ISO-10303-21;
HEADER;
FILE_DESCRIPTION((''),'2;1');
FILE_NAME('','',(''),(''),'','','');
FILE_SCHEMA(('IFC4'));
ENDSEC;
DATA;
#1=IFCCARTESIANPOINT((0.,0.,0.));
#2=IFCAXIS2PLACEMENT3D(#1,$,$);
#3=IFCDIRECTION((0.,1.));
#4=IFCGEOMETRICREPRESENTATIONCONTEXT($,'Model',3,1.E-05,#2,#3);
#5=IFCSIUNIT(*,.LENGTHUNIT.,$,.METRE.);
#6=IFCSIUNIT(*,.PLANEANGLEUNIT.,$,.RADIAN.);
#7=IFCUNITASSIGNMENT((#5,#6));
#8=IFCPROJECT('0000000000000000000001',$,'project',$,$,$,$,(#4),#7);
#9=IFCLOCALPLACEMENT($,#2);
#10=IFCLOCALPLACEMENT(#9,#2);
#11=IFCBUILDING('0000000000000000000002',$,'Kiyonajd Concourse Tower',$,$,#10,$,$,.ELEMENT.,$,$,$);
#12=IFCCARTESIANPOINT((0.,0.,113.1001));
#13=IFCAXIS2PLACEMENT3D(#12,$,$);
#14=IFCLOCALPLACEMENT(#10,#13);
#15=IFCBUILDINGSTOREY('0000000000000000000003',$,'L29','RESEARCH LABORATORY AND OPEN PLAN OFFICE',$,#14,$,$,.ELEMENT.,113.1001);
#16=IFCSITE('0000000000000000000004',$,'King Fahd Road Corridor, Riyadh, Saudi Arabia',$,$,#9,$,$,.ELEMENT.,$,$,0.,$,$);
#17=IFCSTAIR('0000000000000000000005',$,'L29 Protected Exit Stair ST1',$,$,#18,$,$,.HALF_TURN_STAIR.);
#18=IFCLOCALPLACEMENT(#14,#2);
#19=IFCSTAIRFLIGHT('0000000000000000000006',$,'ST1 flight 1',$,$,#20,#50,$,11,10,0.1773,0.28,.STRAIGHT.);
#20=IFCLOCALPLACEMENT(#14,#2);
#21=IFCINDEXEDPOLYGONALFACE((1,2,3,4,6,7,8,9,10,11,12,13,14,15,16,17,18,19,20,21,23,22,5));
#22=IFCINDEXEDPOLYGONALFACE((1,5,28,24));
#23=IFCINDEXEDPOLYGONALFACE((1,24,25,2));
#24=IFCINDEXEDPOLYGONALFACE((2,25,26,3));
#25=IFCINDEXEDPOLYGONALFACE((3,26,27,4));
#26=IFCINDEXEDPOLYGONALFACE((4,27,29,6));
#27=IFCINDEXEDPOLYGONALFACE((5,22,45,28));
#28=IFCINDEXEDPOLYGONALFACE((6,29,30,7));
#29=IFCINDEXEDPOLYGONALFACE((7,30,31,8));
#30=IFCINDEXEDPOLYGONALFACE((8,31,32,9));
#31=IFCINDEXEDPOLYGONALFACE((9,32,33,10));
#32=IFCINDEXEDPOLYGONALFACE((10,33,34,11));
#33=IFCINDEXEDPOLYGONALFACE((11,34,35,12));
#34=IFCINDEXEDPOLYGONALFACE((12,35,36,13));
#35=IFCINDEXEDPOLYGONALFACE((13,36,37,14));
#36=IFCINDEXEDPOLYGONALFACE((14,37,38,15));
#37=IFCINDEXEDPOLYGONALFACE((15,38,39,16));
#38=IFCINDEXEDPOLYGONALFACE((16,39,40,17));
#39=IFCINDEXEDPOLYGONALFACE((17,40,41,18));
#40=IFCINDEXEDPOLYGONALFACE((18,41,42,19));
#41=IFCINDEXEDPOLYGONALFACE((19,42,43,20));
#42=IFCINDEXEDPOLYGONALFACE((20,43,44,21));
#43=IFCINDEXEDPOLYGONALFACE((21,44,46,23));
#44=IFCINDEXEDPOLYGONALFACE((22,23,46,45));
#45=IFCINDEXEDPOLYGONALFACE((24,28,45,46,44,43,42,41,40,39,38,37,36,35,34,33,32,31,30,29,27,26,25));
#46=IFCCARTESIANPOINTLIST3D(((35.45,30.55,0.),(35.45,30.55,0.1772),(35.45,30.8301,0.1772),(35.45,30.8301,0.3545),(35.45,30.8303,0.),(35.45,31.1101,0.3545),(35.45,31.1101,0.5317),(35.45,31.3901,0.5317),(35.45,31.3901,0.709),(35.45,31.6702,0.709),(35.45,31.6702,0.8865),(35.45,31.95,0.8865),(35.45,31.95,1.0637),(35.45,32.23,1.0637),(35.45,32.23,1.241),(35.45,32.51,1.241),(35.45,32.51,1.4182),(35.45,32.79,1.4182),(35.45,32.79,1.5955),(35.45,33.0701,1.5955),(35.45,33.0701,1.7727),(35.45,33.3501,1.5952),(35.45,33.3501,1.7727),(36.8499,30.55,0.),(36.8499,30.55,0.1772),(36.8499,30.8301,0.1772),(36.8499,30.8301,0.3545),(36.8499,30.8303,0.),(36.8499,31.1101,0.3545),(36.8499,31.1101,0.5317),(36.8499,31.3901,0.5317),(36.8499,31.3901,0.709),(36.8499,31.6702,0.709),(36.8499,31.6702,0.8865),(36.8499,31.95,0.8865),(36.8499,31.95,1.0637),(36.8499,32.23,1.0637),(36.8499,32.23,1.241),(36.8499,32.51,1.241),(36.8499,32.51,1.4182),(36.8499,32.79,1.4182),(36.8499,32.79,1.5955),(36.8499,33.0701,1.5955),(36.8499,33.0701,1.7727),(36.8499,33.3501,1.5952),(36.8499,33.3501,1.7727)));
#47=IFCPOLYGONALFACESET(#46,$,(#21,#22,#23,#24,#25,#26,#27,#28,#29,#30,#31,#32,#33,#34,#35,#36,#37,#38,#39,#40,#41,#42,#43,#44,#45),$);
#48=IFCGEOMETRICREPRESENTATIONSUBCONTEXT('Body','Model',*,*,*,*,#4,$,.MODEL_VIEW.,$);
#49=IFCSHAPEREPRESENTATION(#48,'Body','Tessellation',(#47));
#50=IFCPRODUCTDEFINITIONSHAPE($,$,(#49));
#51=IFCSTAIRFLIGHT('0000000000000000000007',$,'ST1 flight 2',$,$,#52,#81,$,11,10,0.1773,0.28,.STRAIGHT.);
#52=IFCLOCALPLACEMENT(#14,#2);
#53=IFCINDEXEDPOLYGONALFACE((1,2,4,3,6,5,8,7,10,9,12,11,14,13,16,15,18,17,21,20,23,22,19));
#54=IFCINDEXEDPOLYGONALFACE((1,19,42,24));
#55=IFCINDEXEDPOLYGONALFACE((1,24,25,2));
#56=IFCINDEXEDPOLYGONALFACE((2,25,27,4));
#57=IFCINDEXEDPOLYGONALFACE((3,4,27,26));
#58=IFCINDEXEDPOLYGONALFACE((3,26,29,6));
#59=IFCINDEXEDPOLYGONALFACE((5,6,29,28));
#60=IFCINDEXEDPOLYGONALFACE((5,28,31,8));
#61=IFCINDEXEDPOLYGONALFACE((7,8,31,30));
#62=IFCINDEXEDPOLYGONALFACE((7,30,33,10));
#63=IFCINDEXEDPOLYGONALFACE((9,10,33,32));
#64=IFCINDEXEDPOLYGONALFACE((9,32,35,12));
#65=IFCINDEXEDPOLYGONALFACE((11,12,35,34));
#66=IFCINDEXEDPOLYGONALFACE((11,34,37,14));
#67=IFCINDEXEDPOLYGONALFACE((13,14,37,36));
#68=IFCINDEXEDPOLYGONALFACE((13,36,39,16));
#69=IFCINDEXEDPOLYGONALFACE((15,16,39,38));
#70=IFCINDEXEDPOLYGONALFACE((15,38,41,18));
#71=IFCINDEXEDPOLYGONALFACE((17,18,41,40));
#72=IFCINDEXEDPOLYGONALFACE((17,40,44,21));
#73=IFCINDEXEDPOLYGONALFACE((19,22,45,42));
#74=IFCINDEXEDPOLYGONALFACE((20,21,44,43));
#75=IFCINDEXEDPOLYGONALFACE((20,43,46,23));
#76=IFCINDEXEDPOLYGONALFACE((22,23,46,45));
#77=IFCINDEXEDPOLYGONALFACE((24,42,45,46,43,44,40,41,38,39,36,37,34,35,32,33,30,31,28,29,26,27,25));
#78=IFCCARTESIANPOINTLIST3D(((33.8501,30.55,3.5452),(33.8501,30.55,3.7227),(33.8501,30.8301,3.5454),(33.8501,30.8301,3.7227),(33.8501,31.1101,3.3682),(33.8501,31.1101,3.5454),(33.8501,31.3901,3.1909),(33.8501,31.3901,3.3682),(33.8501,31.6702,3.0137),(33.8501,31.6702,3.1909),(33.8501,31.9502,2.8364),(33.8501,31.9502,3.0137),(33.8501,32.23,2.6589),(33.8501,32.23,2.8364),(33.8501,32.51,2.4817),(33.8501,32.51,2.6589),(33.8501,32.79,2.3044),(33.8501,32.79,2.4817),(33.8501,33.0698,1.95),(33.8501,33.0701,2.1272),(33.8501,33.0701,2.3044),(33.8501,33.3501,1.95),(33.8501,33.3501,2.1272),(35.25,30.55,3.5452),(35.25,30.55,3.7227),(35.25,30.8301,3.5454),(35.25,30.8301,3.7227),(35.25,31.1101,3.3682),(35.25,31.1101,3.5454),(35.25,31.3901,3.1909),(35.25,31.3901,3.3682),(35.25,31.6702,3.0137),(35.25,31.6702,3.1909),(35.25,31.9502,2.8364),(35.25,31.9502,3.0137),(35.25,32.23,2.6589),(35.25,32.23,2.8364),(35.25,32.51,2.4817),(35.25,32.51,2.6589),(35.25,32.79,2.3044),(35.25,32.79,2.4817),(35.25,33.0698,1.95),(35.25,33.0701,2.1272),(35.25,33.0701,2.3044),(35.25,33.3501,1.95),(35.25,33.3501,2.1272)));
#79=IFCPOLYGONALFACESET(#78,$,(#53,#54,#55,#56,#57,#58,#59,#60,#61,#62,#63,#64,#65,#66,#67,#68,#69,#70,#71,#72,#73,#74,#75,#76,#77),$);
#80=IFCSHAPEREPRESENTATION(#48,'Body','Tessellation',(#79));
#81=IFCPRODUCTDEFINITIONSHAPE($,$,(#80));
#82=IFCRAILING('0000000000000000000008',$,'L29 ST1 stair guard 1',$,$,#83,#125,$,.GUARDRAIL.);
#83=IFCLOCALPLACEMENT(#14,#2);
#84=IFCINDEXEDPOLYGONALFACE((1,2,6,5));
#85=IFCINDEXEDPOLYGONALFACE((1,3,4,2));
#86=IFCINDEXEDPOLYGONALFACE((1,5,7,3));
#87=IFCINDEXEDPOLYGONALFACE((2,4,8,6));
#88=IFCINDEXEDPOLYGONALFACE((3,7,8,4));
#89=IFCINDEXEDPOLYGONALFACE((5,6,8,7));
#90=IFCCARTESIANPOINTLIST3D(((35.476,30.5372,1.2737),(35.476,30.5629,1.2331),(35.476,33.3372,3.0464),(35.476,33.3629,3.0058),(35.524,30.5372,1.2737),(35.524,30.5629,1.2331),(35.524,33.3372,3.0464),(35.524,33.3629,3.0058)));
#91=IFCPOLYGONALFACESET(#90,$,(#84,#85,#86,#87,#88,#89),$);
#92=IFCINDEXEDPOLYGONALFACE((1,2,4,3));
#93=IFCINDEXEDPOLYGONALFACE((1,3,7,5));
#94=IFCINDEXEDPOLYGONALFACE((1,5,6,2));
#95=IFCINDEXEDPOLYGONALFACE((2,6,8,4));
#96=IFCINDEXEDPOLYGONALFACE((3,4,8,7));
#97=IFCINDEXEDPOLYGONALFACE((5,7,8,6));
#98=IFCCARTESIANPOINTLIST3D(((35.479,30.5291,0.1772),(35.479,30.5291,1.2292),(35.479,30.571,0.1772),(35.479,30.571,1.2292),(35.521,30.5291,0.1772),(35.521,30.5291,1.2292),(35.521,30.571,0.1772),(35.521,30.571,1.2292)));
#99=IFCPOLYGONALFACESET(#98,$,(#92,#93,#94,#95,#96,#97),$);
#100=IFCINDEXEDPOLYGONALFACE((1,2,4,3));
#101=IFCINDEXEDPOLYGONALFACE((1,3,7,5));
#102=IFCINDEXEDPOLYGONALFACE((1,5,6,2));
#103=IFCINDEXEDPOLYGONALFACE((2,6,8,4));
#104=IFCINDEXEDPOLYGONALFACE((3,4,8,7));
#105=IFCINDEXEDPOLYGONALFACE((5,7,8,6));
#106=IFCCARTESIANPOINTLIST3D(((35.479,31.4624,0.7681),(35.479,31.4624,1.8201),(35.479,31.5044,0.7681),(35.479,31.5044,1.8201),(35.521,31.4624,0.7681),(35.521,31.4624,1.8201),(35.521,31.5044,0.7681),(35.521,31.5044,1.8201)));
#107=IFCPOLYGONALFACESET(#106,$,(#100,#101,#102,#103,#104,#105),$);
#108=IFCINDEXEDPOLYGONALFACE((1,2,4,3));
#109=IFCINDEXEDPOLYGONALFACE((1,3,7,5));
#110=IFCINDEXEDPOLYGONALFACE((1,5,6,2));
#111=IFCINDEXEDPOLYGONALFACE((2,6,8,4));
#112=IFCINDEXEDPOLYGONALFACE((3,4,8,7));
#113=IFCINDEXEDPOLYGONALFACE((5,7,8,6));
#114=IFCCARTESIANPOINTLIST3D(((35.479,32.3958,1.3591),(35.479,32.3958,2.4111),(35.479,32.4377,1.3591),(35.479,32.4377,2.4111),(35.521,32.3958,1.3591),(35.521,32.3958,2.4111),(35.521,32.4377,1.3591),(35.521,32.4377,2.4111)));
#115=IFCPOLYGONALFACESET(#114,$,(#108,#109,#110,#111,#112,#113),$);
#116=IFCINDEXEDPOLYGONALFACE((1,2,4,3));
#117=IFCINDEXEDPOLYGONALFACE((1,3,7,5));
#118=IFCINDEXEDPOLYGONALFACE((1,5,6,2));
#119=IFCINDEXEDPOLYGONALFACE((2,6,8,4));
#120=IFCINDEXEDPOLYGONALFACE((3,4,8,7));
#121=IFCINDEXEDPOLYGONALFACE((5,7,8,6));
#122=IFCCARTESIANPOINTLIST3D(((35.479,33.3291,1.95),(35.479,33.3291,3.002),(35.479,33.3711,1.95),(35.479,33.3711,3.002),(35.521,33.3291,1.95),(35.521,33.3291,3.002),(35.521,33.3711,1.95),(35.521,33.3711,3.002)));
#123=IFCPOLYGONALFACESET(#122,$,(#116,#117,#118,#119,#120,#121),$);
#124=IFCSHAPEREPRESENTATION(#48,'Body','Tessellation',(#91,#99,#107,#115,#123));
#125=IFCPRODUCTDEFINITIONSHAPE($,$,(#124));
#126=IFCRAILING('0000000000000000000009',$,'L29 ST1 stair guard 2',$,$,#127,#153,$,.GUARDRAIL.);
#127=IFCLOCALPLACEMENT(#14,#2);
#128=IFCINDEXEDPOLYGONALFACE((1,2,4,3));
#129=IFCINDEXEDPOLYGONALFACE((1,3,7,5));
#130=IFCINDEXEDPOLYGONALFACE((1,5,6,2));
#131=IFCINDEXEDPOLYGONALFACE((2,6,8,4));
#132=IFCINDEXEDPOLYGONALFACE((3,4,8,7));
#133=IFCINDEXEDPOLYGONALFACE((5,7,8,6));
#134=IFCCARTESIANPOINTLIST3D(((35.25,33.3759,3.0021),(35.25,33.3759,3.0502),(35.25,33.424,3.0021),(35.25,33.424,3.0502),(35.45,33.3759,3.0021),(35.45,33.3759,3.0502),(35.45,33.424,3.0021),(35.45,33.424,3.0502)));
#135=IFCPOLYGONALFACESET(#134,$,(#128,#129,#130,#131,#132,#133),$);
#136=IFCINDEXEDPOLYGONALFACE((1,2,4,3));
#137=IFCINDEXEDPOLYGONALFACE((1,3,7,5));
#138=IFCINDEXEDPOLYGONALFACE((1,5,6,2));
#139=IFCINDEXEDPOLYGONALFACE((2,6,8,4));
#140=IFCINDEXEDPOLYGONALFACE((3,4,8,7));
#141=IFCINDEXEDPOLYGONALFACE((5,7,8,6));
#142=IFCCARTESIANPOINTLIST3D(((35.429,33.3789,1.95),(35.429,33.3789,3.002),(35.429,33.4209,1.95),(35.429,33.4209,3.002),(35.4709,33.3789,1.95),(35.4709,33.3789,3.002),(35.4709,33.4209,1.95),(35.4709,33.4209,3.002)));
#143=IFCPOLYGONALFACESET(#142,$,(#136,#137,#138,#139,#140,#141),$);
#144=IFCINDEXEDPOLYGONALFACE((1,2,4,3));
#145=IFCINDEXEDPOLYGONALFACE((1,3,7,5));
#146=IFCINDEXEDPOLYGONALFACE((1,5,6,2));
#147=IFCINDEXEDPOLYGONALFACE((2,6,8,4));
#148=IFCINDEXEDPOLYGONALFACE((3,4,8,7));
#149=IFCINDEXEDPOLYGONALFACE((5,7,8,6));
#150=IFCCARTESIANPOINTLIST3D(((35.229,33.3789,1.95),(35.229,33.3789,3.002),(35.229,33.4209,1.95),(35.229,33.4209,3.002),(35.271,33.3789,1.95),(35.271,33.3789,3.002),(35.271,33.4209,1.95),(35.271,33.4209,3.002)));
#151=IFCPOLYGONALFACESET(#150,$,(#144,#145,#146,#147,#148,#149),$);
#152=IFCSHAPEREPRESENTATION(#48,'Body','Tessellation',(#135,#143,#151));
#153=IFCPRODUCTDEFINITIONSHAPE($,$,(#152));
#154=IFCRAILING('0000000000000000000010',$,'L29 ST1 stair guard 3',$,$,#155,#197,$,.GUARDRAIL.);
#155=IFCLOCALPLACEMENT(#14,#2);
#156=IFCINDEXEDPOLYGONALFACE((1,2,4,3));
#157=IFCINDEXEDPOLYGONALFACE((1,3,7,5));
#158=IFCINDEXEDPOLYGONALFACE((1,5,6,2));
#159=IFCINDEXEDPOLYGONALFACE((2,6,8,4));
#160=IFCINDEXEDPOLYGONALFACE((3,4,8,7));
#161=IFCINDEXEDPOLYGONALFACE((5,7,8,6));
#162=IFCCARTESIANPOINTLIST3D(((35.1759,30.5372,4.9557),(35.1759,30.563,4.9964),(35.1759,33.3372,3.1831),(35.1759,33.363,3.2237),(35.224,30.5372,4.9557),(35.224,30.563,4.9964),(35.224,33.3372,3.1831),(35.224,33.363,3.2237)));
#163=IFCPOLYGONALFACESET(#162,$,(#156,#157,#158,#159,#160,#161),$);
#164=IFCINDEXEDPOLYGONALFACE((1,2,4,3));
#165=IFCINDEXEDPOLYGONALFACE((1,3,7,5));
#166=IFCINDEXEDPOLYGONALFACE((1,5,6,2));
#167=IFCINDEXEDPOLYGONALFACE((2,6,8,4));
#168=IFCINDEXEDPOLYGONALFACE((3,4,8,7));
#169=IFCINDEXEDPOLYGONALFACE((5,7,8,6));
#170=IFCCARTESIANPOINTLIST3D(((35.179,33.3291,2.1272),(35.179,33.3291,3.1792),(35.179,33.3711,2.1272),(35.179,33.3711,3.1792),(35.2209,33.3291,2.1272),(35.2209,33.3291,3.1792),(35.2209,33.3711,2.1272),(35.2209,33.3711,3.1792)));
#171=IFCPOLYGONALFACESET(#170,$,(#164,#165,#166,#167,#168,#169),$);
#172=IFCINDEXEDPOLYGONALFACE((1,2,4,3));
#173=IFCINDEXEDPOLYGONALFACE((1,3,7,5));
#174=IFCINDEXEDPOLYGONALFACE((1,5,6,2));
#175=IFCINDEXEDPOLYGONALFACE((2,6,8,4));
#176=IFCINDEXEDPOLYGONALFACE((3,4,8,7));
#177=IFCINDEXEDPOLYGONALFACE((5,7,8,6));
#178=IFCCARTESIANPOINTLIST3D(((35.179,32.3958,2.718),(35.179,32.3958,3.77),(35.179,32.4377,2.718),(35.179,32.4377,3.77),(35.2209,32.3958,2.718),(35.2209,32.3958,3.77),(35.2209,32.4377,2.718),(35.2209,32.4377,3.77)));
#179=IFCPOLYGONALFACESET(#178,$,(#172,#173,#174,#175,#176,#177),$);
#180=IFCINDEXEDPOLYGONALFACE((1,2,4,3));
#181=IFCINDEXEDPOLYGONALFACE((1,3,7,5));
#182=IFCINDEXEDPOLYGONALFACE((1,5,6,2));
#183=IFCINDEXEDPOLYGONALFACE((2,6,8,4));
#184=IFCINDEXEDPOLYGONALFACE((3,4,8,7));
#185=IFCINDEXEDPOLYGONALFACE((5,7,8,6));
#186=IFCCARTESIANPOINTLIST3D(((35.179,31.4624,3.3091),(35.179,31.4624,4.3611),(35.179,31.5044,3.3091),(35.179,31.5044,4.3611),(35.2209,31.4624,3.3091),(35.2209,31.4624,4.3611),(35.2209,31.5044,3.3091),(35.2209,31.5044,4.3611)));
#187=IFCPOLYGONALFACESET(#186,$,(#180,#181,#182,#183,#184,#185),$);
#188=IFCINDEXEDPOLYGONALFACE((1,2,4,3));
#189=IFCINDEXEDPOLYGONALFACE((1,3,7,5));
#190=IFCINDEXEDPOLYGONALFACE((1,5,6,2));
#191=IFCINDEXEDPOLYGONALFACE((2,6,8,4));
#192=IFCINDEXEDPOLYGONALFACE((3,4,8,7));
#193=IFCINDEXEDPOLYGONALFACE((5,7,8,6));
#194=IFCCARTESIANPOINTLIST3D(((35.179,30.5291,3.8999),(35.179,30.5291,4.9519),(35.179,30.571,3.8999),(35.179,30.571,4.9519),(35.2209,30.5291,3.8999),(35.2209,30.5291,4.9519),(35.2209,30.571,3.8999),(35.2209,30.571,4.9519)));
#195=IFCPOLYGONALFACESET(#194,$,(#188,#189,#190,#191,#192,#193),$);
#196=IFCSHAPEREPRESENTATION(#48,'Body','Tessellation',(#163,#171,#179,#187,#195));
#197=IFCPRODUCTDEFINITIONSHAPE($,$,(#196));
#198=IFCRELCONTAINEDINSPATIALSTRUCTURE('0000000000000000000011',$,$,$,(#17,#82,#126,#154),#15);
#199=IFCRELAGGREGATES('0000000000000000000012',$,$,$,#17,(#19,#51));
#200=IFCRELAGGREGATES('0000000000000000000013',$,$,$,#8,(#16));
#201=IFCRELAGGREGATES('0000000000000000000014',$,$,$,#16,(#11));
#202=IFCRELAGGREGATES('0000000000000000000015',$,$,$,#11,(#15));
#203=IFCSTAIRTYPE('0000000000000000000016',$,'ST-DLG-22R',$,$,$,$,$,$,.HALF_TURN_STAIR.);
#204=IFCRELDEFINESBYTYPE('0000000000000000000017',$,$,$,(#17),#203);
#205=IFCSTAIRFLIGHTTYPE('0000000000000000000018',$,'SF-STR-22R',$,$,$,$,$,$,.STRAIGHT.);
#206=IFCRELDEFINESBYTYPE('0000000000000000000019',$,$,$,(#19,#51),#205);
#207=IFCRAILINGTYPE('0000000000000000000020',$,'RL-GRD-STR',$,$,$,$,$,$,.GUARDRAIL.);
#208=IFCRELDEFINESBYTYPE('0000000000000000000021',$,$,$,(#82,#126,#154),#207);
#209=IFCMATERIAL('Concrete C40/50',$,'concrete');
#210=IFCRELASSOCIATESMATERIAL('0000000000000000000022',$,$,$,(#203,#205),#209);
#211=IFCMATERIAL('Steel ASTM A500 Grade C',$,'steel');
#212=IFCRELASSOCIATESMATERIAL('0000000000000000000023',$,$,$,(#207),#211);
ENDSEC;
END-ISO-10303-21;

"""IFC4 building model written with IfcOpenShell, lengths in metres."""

from ifc_helpers import new_model, si_unit, direction, frame, origin, origin_2d, place, context, subcontext, project, spatial, polyline, rectangle, outline, extrude, material, type_object, element, aggregate, save


model = new_model("IFC4")

# Units and contexts
model_context = context("Model", 3, precision=1e-05, world=origin(), true_north=direction((0.0, 1.0)))
body_context = subcontext(model_context, "Body", "Model", "MODEL_VIEW")
ifc_project = project(units=[si_unit("LENGTHUNIT", "METRE"), si_unit("PLANEANGLEUNIT", "RADIAN")], contexts=[model_context])

# Site, building, storey
site_placement = place(None, origin())
site = spatial("IfcSite", under=ifc_project, at=site_placement, Name="King Fahd Road Corridor, Riyadh, Saudi Arabia", CompositionType="ELEMENT", RefElevation=0.0)
building_placement = place(site_placement, origin())
building = spatial("IfcBuilding", under=site, at=building_placement, Name="Kiyonajd Concourse Tower", CompositionType="ELEMENT")
storey_placement = place(building_placement, frame((0.0, 0.0, 113.1001)))
storey = spatial("IfcBuildingStorey", under=building, at=storey_placement, Name="L29", Description="RESEARCH LABORATORY AND OPEN PLAN OFFICE", CompositionType="ELEMENT", Elevation=113.1001)

# Stair, stair flights
ifc_material_1 = material(Name="Concrete C40/50", Category="concrete")
stair_type = type_object("IfcStairType", Name="ST-DLG-22R", PredefinedType="HALF_TURN_STAIR", material=ifc_material_1)
stair_placement = place(storey_placement, origin())
stair = element("IfcStair", 1, at=stair_placement, inside=storey, type_object=stair_type, Name="L29 Protected Exit Stair ST1", PredefinedType="HALF_TURN_STAIR")
stair_flight_type = type_object("IfcStairFlightType", Name="SF-STR-22R", PredefinedType="STRAIGHT", material=ifc_material_1)
stair_flight_1_placement = place(storey_placement, frame((36.1499, 30.55, 0.0), z_axis=(0.0, 0.0, 1.0), x_axis=(0.0, 1.0, 0.0)))
stair_flight_1 = element("IfcStairFlight", 2, at=stair_flight_1_placement, type_object=stair_flight_type, Name="ST1 flight 1", NumberOfRisers=11, NumberOfTreads=10, PredefinedType="STRAIGHT", RiserHeight=0.1773, TreadLength=0.28, context=body_context, shape_type="SweptSolid", body=[
    extrude(outline(polyline([(0.0, 0.0), (0.0, 0.1772), (0.28, 0.1772), (0.28, 0.3545), (0.5601, 0.3545), (0.5601, 0.5317), (0.8401, 0.5317), (0.8401, 0.709), (1.1201, 0.709), (1.1201, 0.8865), (1.3999, 0.8865), (1.3999, 1.0637), (1.6799, 1.0637), (1.6799, 1.241), (1.96, 1.241), (1.96, 1.4182), (2.24, 1.4182), (2.24, 1.5955), (2.52, 1.5955), (2.52, 1.7727), (2.8, 1.7727), (2.8, 1.95), (2.8, 1.5952), (0.2803, 0.0), (0.0, 0.0)])), frame((0.0, 0.7, 0.0), z_axis=(0.0, -1.0, 0.0), x_axis=(1.0, 0.0, 0.0)), (0.0, 0.0, 1.0), 1.3999),
])
stair_flight_2_placement = place(storey_placement, frame((34.55, 33.3501, 1.95), z_axis=(0.0, 0.0, 1.0), x_axis=(0.0, -1.0, 0.0)))
stair_flight_2 = element("IfcStairFlight", 3, at=stair_flight_2_placement, type_object=stair_flight_type, Name="ST1 flight 2", NumberOfRisers=11, NumberOfTreads=10, PredefinedType="STRAIGHT", RiserHeight=0.1773, TreadLength=0.28, context=body_context, shape_type="SweptSolid", body=[
    extrude(outline(polyline([(0.0, 0.0), (0.0, 0.1772), (0.28, 0.1772), (0.28, 0.3545), (0.5601, 0.3545), (0.5601, 0.5317), (0.8401, 0.5317), (0.8401, 0.709), (1.1201, 0.709), (1.1201, 0.8865), (1.3999, 0.8865), (1.3999, 1.0637), (1.6799, 1.0637), (1.6799, 1.241), (1.96, 1.241), (1.96, 1.4182), (2.24, 1.4182), (2.24, 1.5955), (2.52, 1.5955), (2.52, 1.7727), (2.8, 1.7727), (2.8, 1.95), (2.8, 1.5952), (0.2803, 0.0), (0.0, 0.0)])), frame((0.0, 0.7, 0.0), z_axis=(0.0, -1.0, 0.0), x_axis=(1.0, 0.0, 0.0)), (0.0, 0.0, 1.0), 1.3999),
])
aggregate(stair, [stair_flight_1, stair_flight_2])

# Railings
ifc_material_2 = material(Name="Steel ASTM A500 Grade C", Category="steel")
railing_type_1 = type_object("IfcRailingType", Name="RL-GRD-STR", PredefinedType="GUARDRAIL", material=ifc_material_2)
railing_1_placement = place(storey_placement, frame((35.5, 30.55, 0.1772)))
element("IfcRailing", 4, at=railing_1_placement, inside=storey, type_object=railing_type_1, Name="L29 ST1 stair guard 1", PredefinedType="GUARDRAIL", context=body_context, shape_type="SweptSolid", body=[
    extrude(rectangle(XDim=0.0481, YDim=0.0481, at=origin_2d()), frame((0.0, 0.0, 1.0762), z_axis=(0.0, 0.844909, 0.53491), x_axis=(-1.0, 0.0, 0.0)), (0.0, 0.0, 1.0), 3.314),
    extrude(rectangle(XDim=0.042, YDim=0.042, at=origin_2d()), origin(), (0.0, 0.0, 1.0), 1.052),
    extrude(rectangle(XDim=0.042, YDim=0.042, at=origin_2d()), frame((0.0, 0.9333, 0.5908)), (0.0, 0.0, 1.0), 1.052),
    extrude(rectangle(XDim=0.042, YDim=0.042, at=origin_2d()), frame((0.0, 1.8667, 1.1819)), (0.0, 0.0, 1.0), 1.052),
    extrude(rectangle(XDim=0.042, YDim=0.042, at=origin_2d()), frame((0.0, 2.8, 1.7727)), (0.0, 0.0, 1.0), 1.052),
])
railing_2_placement = place(storey_placement, frame((35.45, 33.3999, 1.95)))
element("IfcRailing", 5, at=railing_2_placement, inside=storey, type_object=railing_type_1, Name="L29 ST1 stair guard 2", PredefinedType="GUARDRAIL", context=body_context, shape_type="SweptSolid", body=[
    extrude(rectangle(XDim=0.0481, YDim=0.0481, at=origin_2d()), frame((0.0, 0.0, 1.0762), z_axis=(-1.0, 0.0, 0.0), x_axis=(0.0, -1.0, 0.0)), (0.0, 0.0, 1.0), 0.2),
    extrude(rectangle(XDim=0.042, YDim=0.042, at=origin_2d()), origin(), (0.0, 0.0, 1.0), 1.052),
    extrude(rectangle(XDim=0.042, YDim=0.042, at=origin_2d()), frame((-0.2, 0.0, 0.0)), (0.0, 0.0, 1.0), 1.052),
])
railing_3_placement = place(storey_placement, frame((35.2, 33.3501, 2.1272)))
element("IfcRailing", 6, at=railing_3_placement, inside=storey, type_object=railing_type_1, Name="L29 ST1 stair guard 3", PredefinedType="GUARDRAIL", context=body_context, shape_type="SweptSolid", body=[
    extrude(rectangle(XDim=0.0481, YDim=0.0481, at=origin_2d()), frame((0.0, 0.0, 1.0762), z_axis=(0.0, -0.844909, 0.53491), x_axis=(1.0, 0.0, 0.0)), (0.0, 0.0, 1.0), 3.314),
    extrude(rectangle(XDim=0.042, YDim=0.042, at=origin_2d()), origin(), (0.0, 0.0, 1.0), 1.052),
    extrude(rectangle(XDim=0.042, YDim=0.042, at=origin_2d()), frame((0.0, -0.9333, 0.5908)), (0.0, 0.0, 1.0), 1.052),
    extrude(rectangle(XDim=0.042, YDim=0.042, at=origin_2d()), frame((0.0, -1.8667, 1.1819)), (0.0, 0.0, 1.0), 1.052),
    extrude(rectangle(XDim=0.042, YDim=0.042, at=origin_2d()), frame((0.0, -2.8, 1.7727)), (0.0, 0.0, 1.0), 1.052),
])

save(model, "model.ifc")
